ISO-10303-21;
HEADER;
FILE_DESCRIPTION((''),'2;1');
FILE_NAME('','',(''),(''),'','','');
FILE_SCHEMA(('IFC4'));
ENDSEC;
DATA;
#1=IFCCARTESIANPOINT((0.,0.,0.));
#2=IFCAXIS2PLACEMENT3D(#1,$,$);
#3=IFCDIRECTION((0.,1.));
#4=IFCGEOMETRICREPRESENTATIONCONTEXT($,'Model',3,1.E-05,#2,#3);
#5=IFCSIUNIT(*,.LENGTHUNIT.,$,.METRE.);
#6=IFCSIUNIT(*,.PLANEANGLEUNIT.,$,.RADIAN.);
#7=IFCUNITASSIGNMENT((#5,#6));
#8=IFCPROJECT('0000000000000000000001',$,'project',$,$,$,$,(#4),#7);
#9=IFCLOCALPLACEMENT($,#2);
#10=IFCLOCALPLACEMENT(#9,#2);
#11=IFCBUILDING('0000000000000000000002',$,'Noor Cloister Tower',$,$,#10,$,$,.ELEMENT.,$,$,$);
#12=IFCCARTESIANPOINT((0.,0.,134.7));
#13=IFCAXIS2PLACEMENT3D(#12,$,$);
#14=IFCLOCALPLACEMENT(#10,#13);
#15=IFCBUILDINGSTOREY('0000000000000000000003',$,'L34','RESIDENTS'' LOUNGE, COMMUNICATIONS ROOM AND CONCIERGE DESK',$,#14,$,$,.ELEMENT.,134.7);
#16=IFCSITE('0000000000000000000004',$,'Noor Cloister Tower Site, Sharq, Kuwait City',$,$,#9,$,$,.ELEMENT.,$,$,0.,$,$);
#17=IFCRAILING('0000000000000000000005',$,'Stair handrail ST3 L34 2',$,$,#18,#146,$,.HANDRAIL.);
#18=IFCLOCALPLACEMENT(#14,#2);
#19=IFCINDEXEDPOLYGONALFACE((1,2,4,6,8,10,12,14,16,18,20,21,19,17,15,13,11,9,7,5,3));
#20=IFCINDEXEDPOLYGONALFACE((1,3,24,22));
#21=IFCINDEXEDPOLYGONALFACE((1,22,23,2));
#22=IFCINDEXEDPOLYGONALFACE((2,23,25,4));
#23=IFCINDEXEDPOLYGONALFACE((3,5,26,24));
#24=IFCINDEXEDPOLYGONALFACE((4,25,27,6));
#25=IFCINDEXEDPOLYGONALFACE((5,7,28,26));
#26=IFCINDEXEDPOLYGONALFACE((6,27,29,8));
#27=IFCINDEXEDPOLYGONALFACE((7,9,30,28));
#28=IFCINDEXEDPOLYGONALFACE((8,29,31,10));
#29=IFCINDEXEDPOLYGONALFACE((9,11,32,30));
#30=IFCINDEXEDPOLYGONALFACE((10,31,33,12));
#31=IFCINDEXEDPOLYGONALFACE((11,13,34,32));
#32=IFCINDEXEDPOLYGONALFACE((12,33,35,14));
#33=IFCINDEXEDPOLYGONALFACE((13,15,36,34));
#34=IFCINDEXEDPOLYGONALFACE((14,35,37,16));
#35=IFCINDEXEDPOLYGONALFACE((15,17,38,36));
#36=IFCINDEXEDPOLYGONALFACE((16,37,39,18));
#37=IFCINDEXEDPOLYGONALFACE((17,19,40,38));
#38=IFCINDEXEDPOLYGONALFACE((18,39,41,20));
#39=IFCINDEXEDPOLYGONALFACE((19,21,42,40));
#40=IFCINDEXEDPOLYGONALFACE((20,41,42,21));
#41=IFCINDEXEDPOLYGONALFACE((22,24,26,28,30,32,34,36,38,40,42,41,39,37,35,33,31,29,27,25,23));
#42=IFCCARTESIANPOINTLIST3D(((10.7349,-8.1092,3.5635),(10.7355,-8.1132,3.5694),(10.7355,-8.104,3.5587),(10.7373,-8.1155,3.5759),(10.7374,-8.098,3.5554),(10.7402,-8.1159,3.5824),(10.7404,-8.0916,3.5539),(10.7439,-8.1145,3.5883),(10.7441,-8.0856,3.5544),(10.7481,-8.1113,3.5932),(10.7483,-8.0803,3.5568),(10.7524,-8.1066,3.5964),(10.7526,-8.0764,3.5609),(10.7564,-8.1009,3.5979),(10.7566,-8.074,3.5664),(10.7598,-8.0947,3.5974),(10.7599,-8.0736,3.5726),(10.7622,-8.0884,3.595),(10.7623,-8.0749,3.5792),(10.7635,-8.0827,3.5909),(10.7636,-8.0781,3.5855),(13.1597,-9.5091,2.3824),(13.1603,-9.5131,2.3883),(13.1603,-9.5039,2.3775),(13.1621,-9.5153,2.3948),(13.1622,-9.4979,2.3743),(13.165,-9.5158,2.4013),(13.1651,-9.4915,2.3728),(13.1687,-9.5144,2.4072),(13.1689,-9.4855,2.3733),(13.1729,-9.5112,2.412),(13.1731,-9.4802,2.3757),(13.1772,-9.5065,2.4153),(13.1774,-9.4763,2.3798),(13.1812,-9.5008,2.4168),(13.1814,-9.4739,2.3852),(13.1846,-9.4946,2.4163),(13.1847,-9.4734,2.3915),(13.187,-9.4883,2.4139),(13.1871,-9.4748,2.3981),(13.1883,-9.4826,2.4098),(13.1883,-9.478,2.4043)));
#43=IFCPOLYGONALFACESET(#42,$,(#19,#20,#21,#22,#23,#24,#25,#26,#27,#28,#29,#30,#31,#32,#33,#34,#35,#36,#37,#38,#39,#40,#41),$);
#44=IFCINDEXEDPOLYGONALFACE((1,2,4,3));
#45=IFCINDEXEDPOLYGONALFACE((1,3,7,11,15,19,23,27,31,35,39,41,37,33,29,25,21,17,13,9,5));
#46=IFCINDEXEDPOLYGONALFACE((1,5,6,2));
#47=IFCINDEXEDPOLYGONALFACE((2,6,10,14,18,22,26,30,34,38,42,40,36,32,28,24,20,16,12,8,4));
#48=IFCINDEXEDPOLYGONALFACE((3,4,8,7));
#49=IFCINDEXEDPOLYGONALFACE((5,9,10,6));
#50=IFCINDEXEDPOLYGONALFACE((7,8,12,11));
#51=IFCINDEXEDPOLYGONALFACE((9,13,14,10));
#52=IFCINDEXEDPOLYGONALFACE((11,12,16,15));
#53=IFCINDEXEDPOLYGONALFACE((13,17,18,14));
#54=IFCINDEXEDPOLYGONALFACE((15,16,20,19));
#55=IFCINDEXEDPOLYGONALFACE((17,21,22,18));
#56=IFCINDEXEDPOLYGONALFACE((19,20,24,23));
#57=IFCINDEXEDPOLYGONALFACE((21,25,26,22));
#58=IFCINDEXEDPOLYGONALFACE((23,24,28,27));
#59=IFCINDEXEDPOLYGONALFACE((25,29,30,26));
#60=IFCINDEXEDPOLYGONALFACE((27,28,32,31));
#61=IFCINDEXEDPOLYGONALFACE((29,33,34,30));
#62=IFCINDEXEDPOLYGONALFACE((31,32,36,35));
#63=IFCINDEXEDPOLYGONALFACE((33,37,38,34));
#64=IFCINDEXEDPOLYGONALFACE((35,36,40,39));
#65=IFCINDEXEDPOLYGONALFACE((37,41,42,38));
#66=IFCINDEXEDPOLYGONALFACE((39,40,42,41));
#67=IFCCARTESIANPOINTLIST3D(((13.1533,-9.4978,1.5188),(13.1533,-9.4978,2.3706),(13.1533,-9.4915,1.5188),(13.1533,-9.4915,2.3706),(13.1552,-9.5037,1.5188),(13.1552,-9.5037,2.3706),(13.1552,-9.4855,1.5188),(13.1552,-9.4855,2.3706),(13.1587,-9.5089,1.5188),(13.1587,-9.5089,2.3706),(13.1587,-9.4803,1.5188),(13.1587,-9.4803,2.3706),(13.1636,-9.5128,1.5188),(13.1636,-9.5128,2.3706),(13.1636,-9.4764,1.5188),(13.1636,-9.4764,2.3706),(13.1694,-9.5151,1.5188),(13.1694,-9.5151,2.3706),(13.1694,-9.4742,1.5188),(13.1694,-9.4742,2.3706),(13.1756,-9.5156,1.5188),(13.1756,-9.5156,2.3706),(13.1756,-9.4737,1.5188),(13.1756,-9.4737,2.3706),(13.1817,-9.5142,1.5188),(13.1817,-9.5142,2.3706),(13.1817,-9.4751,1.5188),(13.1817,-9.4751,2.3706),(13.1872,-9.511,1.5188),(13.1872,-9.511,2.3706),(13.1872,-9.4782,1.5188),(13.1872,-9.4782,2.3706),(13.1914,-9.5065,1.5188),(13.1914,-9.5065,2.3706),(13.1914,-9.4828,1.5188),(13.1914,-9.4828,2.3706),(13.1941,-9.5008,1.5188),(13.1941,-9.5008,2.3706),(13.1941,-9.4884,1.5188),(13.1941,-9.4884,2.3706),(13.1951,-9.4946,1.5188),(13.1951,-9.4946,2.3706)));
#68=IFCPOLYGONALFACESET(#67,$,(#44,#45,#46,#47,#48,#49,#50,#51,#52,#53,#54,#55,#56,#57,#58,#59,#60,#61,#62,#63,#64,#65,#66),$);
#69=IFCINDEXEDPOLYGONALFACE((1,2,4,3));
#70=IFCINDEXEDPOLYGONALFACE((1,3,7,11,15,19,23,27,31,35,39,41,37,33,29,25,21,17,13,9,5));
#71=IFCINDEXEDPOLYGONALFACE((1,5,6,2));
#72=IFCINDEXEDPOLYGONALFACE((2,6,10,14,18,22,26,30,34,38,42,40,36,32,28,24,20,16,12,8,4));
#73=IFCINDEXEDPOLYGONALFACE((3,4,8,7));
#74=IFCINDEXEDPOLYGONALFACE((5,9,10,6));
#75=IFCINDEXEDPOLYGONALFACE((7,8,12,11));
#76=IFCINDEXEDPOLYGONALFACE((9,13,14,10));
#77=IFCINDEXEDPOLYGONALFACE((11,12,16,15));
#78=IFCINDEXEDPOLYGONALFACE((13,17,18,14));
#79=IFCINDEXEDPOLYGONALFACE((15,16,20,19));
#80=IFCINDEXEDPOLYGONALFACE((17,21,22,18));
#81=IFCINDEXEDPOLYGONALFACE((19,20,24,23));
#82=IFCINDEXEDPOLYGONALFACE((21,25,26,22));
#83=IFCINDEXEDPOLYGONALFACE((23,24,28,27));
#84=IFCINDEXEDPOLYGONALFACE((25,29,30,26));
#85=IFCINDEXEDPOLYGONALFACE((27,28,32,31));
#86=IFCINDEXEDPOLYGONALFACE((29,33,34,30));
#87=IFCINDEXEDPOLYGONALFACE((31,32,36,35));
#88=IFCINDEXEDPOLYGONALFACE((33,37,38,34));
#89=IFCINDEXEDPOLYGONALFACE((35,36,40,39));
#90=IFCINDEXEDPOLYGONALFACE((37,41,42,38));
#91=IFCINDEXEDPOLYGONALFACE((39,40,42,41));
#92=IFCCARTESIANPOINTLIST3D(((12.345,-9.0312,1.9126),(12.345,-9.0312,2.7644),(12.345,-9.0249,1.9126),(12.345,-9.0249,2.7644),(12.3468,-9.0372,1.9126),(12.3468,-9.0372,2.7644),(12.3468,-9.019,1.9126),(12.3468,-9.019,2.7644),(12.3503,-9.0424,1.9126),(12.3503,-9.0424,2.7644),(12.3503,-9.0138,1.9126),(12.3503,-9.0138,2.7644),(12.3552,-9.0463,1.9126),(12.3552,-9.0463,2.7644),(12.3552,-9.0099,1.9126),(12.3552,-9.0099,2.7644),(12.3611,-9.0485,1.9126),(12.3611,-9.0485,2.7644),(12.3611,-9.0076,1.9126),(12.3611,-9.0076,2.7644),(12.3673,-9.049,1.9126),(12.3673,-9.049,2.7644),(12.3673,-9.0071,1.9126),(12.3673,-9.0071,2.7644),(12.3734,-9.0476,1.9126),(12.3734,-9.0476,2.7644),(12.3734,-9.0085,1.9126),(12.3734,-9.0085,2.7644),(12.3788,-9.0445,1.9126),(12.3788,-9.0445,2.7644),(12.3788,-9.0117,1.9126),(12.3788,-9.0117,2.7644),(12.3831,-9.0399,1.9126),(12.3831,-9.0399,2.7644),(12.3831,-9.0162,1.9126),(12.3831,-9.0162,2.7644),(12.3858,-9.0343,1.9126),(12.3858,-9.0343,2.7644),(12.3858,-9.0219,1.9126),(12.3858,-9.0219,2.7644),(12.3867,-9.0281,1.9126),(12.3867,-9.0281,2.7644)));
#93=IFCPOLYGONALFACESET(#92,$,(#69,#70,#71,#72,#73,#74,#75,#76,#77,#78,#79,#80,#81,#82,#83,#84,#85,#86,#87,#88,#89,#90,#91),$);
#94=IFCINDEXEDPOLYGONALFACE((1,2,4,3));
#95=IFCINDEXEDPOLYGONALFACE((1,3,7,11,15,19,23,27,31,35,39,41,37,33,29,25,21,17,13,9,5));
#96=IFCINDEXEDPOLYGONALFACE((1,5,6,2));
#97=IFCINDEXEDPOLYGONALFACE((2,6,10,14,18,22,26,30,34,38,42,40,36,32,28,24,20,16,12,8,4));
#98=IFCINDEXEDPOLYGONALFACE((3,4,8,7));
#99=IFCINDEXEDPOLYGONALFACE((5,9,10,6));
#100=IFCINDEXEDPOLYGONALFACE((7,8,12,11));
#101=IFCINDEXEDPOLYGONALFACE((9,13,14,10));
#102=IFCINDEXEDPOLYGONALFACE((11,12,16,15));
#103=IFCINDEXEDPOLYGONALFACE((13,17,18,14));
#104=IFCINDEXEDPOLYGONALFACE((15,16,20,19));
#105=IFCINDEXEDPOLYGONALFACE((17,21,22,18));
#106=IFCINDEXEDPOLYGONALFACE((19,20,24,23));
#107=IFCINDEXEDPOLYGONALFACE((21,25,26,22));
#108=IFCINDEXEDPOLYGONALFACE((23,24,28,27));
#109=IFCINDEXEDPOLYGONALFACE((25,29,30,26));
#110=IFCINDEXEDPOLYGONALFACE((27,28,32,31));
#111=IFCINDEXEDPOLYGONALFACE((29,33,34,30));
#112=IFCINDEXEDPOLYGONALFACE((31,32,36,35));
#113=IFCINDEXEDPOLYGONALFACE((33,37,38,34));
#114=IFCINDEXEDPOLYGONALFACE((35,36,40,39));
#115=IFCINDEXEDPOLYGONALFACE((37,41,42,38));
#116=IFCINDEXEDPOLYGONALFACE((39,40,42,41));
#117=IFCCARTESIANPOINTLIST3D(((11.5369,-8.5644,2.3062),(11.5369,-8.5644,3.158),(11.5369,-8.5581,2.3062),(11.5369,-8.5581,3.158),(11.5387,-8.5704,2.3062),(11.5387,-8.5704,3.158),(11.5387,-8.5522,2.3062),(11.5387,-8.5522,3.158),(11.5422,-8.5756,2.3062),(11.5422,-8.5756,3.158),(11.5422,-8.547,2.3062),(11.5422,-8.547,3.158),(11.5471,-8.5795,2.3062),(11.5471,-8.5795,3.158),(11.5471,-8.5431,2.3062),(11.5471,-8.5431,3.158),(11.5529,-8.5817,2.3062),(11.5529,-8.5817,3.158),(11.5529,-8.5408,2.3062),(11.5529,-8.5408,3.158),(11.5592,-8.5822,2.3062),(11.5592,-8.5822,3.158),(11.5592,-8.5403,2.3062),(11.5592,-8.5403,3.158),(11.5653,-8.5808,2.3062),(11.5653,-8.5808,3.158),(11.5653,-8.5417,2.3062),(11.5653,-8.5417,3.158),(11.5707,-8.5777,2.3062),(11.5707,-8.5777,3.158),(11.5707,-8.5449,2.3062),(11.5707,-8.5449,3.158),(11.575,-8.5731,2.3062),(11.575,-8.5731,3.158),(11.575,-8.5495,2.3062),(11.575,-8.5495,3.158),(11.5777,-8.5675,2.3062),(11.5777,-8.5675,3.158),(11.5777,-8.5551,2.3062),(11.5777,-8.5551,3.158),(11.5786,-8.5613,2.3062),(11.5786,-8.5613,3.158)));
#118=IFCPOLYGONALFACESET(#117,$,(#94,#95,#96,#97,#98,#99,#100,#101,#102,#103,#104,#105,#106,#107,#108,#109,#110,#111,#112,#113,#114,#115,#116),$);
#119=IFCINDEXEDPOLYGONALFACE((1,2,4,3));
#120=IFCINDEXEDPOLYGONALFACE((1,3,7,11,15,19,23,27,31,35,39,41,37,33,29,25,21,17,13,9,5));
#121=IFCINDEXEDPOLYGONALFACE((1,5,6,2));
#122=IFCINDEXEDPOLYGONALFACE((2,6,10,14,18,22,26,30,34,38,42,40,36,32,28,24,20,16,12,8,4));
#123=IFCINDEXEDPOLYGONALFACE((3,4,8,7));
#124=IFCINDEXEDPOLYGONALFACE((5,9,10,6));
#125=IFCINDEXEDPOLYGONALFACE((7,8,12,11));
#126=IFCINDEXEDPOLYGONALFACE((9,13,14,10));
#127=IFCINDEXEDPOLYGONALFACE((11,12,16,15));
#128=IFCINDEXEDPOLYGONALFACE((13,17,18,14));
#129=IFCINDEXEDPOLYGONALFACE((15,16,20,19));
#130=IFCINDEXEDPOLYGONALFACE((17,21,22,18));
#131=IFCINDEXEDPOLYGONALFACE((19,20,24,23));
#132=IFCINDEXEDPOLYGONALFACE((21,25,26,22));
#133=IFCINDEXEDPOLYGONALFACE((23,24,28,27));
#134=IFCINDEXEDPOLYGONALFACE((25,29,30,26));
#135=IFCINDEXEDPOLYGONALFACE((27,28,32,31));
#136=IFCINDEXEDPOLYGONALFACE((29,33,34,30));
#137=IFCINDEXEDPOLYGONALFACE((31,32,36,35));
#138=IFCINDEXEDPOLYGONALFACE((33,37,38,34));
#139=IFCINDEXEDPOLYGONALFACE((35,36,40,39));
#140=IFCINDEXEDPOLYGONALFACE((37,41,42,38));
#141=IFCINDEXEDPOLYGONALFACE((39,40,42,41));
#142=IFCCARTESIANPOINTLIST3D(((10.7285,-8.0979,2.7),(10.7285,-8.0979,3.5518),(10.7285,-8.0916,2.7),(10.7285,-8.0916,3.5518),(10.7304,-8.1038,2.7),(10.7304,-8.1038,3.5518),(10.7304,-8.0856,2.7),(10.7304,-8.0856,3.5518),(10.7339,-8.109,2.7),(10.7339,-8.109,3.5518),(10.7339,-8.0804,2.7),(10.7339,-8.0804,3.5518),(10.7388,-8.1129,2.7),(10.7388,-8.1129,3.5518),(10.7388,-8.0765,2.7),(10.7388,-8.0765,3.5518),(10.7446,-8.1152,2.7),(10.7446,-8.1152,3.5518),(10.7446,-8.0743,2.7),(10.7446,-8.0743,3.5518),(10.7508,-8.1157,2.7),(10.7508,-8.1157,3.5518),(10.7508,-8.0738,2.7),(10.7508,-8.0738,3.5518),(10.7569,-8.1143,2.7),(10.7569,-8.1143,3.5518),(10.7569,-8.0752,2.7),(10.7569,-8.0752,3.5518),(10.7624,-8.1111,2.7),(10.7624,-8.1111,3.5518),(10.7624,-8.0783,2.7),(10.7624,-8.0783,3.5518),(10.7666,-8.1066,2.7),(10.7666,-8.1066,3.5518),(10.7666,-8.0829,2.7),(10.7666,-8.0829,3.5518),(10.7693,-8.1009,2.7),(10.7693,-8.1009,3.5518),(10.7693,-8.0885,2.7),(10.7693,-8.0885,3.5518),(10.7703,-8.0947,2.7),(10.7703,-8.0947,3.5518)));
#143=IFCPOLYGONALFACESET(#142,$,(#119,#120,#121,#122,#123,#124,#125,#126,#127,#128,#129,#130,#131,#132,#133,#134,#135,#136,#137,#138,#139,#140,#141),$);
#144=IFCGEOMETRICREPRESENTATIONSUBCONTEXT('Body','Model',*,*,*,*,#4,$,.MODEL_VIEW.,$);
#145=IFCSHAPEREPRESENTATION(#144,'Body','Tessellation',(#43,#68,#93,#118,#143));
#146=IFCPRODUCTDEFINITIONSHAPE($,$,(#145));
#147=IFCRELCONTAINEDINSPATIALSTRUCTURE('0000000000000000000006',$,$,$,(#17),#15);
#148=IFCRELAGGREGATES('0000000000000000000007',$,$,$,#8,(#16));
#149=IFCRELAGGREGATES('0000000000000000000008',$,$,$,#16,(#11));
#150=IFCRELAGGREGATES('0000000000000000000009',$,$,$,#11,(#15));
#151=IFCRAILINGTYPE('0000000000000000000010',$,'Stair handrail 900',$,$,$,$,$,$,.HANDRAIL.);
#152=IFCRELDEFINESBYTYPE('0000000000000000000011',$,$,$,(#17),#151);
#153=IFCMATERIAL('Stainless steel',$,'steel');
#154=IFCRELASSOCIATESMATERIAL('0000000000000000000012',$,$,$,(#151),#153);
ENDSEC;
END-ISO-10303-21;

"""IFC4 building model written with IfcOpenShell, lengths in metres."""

from ifc_helpers import new_model, si_unit, direction, frame, origin, origin_2d, place, context, subcontext, project, spatial, circle, extrude, material, type_object, element, save


model = new_model("IFC4")

# Units and contexts
model_context = context("Model", 3, precision=1e-05, world=origin(), true_north=direction((0.0, 1.0)))
body_context = subcontext(model_context, "Body", "Model", "MODEL_VIEW")
ifc_project = project(units=[si_unit("LENGTHUNIT", "METRE"), si_unit("PLANEANGLEUNIT", "RADIAN")], contexts=[model_context])

# Site, building, storey
site_placement = place(None, origin())
site = spatial("IfcSite", under=ifc_project, at=site_placement, Name="Noor Cloister Tower Site, Sharq, Kuwait City", CompositionType="ELEMENT", RefElevation=0.0)
building_placement = place(site_placement, origin())
building = spatial("IfcBuilding", under=site, at=building_placement, Name="Noor Cloister Tower", CompositionType="ELEMENT")
storey_placement = place(building_placement, frame((0.0, 0.0, 134.7)))
storey = spatial("IfcBuildingStorey", under=building, at=storey_placement, Name="L34", Description="RESIDENTS' LOUNGE, COMMUNICATIONS ROOM AND CONCIERGE DESK", CompositionType="ELEMENT", Elevation=134.7)

# Railing
ifc_material_1 = material(Name="Stainless steel", Category="steel")
railing_type_1 = type_object("IfcRailingType", Name="Stair handrail 900", PredefinedType="HANDRAIL", material=ifc_material_1)
railing_1_placement = place(storey_placement, frame((13.1741, -9.4946, 1.5188)))
element("IfcRailing", 1, at=railing_1_placement, inside=storey, type_object=railing_type_1, Name="Stair handrail ST3 L34 2", PredefinedType="HANDRAIL", context=body_context, shape_type="SweptSolid", body=[
    extrude(circle(Radius=0.0239, at=origin_2d()), frame((0.0, 0.0, 0.876), z_axis=(-0.797939, 0.460671, 0.388686), x_axis=(-0.499984, -0.866035, 0.0)), (0.0, 0.0, 1.0), 3.0388),
    extrude(circle(Radius=0.021, at=origin_2d()), origin(), (0.0, 0.0, 1.0), 0.8518),
    extrude(circle(Radius=0.021, at=origin_2d()), frame((-0.8083, 0.4666, 0.3938)), (0.0, 0.0, 1.0), 0.8518),
    extrude(circle(Radius=0.021, at=origin_2d()), frame((-1.6165, 0.9333, 0.7874)), (0.0, 0.0, 1.0), 0.8518),
    extrude(circle(Radius=0.021, at=origin_2d()), frame((-2.4248, 1.3999, 1.1812)), (0.0, 0.0, 1.0), 0.8518),
])

save(model, "model.ifc")
